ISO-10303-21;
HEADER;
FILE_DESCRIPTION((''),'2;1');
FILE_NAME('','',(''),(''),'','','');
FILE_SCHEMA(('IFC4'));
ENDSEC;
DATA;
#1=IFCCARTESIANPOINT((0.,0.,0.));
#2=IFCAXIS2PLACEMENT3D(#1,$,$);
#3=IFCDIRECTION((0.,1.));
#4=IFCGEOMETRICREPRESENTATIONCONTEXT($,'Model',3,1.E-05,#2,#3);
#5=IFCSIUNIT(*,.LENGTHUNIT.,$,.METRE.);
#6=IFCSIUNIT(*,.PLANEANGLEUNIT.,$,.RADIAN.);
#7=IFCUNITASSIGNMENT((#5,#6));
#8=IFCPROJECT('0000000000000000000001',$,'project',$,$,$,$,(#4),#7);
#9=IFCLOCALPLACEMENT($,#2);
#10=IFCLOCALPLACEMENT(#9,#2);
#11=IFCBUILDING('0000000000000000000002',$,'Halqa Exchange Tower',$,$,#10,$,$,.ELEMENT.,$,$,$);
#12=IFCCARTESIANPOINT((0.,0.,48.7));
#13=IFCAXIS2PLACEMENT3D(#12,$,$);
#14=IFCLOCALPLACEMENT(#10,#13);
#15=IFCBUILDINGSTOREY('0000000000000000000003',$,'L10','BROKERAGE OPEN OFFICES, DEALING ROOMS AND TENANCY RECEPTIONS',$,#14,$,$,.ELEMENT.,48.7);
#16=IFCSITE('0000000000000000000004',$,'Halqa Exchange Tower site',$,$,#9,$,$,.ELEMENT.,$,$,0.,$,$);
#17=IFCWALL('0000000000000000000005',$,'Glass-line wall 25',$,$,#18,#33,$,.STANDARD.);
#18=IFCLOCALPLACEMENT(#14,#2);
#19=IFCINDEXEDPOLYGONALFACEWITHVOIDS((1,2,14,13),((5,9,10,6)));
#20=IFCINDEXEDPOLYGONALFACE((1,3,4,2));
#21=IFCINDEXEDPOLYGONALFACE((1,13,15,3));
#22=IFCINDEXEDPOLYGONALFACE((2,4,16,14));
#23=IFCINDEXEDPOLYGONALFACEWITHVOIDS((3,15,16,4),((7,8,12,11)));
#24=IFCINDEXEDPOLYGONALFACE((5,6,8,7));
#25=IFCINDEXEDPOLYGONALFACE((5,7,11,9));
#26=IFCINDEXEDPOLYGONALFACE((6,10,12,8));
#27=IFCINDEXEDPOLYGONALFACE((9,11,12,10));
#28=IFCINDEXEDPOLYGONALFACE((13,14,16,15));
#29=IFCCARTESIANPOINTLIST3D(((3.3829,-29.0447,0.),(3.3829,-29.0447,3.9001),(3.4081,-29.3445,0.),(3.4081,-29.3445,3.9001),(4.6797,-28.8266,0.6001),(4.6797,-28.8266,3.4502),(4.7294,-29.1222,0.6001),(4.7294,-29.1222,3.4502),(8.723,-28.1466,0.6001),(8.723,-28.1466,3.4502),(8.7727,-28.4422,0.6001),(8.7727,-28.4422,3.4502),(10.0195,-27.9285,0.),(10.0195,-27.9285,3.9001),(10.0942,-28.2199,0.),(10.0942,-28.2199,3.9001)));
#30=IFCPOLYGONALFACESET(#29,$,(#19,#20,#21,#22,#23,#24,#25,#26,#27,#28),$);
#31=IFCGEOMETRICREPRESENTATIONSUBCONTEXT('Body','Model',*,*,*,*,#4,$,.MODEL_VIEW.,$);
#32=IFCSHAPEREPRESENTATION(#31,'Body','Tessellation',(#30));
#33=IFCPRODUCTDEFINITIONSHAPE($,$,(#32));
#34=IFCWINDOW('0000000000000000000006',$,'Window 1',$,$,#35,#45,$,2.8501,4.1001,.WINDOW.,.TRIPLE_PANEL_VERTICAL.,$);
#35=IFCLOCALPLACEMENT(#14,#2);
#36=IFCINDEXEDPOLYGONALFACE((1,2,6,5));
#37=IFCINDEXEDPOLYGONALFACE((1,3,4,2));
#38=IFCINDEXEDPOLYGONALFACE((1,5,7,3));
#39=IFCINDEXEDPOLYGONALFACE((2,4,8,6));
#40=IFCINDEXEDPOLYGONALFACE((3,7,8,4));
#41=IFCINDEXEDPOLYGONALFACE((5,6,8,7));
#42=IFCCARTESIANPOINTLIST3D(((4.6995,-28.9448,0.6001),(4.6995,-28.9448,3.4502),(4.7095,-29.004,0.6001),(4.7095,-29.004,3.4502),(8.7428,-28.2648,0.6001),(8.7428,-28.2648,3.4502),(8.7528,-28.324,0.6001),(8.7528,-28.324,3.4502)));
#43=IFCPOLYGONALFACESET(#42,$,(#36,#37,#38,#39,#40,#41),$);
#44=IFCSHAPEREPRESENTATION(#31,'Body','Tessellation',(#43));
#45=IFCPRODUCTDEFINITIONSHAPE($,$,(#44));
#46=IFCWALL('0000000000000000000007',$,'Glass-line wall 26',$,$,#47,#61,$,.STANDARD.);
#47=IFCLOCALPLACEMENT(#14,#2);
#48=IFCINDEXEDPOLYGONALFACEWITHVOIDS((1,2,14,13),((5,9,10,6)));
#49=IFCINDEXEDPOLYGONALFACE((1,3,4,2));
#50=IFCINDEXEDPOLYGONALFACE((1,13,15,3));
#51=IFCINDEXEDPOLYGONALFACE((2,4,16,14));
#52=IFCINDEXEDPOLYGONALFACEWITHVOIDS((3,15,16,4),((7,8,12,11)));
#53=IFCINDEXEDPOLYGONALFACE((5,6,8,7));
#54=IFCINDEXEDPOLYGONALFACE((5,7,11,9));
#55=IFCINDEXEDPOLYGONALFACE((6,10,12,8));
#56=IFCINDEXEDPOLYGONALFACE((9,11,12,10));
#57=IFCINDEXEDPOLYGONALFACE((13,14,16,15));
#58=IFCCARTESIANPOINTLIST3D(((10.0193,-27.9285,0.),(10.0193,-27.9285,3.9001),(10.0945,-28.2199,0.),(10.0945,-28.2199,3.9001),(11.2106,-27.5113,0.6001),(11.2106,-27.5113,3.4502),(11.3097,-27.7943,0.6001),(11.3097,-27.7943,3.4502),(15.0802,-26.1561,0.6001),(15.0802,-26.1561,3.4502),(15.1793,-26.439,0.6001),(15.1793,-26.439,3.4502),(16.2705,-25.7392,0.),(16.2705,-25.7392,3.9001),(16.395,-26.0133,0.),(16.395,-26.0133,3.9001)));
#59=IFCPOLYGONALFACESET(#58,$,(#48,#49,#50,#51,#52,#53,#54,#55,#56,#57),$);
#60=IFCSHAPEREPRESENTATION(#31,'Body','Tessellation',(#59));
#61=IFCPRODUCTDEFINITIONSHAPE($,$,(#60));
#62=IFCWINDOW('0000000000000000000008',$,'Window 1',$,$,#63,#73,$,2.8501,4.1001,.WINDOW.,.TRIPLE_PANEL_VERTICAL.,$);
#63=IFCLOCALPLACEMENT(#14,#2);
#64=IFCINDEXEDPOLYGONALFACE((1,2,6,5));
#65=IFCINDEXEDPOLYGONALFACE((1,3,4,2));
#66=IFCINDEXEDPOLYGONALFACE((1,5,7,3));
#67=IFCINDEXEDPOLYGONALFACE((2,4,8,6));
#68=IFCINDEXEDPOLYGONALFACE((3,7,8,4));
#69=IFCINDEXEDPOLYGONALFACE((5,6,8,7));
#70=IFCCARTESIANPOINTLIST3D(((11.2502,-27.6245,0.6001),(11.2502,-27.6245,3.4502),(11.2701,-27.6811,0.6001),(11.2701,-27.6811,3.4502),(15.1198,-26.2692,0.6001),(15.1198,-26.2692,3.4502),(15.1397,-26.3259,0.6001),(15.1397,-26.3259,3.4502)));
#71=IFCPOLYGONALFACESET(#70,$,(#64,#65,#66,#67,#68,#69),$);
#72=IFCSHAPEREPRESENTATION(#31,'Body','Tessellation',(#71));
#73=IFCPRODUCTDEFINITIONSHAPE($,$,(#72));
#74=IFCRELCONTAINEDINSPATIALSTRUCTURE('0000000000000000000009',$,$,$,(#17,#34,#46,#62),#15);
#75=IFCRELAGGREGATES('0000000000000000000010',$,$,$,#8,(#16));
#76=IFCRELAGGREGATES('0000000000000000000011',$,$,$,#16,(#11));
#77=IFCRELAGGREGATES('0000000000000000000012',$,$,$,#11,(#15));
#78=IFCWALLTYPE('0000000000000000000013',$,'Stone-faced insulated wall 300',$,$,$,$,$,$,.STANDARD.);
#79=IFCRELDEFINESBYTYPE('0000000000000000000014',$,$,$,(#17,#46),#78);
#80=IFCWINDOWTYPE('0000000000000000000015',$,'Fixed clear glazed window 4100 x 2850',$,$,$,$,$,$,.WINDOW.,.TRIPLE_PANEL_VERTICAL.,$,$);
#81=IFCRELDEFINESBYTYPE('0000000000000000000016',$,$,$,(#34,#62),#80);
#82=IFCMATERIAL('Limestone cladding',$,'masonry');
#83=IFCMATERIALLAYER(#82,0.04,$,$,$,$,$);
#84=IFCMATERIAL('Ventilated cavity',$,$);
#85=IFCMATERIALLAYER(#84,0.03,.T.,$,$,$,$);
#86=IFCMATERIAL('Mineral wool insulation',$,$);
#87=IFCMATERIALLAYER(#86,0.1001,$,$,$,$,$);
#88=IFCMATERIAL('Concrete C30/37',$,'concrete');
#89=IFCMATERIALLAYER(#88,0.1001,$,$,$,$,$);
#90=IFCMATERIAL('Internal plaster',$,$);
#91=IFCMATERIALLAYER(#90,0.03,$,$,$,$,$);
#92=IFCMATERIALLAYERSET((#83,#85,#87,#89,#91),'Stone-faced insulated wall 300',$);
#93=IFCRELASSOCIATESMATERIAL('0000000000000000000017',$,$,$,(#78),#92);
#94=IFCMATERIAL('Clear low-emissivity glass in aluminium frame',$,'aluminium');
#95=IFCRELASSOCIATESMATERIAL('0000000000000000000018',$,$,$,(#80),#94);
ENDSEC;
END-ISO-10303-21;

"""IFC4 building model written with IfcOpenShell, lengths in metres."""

from ifc_helpers import new_model, si_unit, direction, frame, frame_2d, origin, place, context, subcontext, project, spatial, polyline, rectangle, outline, extrude, material, layer, layer_set, type_object, element, fill, save


model = new_model("IFC4")

# Units and contexts
model_context = context("Model", 3, precision=1e-05, world=origin(), true_north=direction((0.0, 1.0)))
body_context = subcontext(model_context, "Body", "Model", "MODEL_VIEW")
ifc_project = project(units=[si_unit("LENGTHUNIT", "METRE"), si_unit("PLANEANGLEUNIT", "RADIAN")], contexts=[model_context])

# Site, building, storey
site_placement = place(None, origin())
site = spatial("IfcSite", under=ifc_project, at=site_placement, Name="Halqa Exchange Tower site", CompositionType="ELEMENT", RefElevation=0.0)
building_placement = place(site_placement, origin())
building = spatial("IfcBuilding", under=site, at=building_placement, Name="Halqa Exchange Tower", CompositionType="ELEMENT")
storey_placement = place(building_placement, frame((0.0, 0.0, 48.7)))
storey = spatial("IfcBuildingStorey", under=building, at=storey_placement, Name="L10", Description="BROKERAGE OPEN OFFICES, DEALING ROOMS AND TENANCY RECEPTIONS", CompositionType="ELEMENT", Elevation=48.7)

# Shared definitions
ifc_material_1 = material(Name="Concrete C30/37", Category="concrete")

# Walls, openings, windows
ifc_material_2 = material(Name="Limestone cladding", Category="masonry")
ifc_layer_1 = layer(ifc_material_2, 0.04)
ifc_material_3 = material(Name="Ventilated cavity")
ifc_layer_2 = layer(ifc_material_3, 0.03, ventilated=True)
ifc_material_4 = material(Name="Mineral wool insulation")
ifc_layer_3 = layer(ifc_material_4, 0.1001)
ifc_layer_4 = layer(ifc_material_1, 0.1001)
ifc_material_5 = material(Name="Internal plaster")
ifc_layer_5 = layer(ifc_material_5, 0.03)
ifc_layer_set_1 = layer_set([ifc_layer_1, ifc_layer_2, ifc_layer_3, ifc_layer_4, ifc_layer_5], Name="Stone-faced insulated wall 300")
wall_type_1 = type_object("IfcWallType", Name="Stone-faced insulated wall 300", PredefinedType="STANDARD", material=ifc_layer_set_1)
wall_1_placement = place(storey_placement, frame((3.3955, -29.1946, 0.0), z_axis=(0.0, 0.0, 1.0), x_axis=(0.98615, 0.165858, 0.0)))
wall_1 = element("IfcWall", 1, at=wall_1_placement, inside=storey, type_object=wall_type_1, Name="Glass-line wall 25", PredefinedType="STANDARD", context=body_context, shape_type="SweptSolid", body=[
    extrude(outline(polyline([(-0.0125, -0.1499), (6.7676, -0.1499), (6.7422, 0.1499), (0.0125, 0.1499), (-0.0125, -0.1499)])), origin(), (0.0, 0.0, 1.0), 3.9001),
])
opening_1_placement = place(wall_1_placement, frame((1.3274, 0.0, 0.6001)))
opening_1 = element("IfcOpeningElement", 2, at=opening_1_placement, cuts=wall_1, PredefinedType="OPENING", context=body_context, shape_type="SweptSolid", body=[
    extrude(rectangle(XDim=4.1001, YDim=2.8501, at=frame_2d((2.05, 1.425))), frame((0.0, 0.1621, 0.0), z_axis=(0.0, -1.0, 0.0), x_axis=(1.0, 0.0, 0.0)), (0.0, 0.0, 1.0), 0.324),
])
ifc_material_6 = material(Name="Clear low-emissivity glass in aluminium frame", Category="aluminium")
window_type = type_object("IfcWindowType", Name="Fixed clear glazed window 4100 x 2850", PartitioningType="TRIPLE_PANEL_VERTICAL", PredefinedType="WINDOW", material=ifc_material_6)
window_1_placement = place(opening_1_placement, origin())
window_1 = element("IfcWindow", 3, at=window_1_placement, inside=storey, type_object=window_type, Name="Window 1", OverallHeight=2.8501, OverallWidth=4.1001, PartitioningType="TRIPLE_PANEL_VERTICAL", PredefinedType="WINDOW", context=body_context, shape_type="SweptSolid", body=[
    extrude(rectangle(XDim=4.1001, YDim=2.8501, at=frame_2d((2.05, 1.425))), frame((0.0, 0.03, 0.0), z_axis=(0.0, -1.0, 0.0), x_axis=(1.0, 0.0, 0.0)), (0.0, 0.0, 1.0), 0.0601),
])
fill(opening_1, window_1)
wall_2_placement = place(storey_placement, frame((10.0569, -28.0742, 0.0), z_axis=(0.0, 0.0, 1.0), x_axis=(0.943791, 0.330543, 0.0)))
wall_2 = element("IfcWall", 4, at=wall_2_placement, inside=storey, type_object=wall_type_1, Name="Glass-line wall 26", PredefinedType="STANDARD", context=body_context, shape_type="SweptSolid", body=[
    extrude(outline(polyline([(-0.0127, -0.1499), (6.6631, -0.1499), (6.6362, 0.1499), (0.0127, 0.1499), (-0.0127, -0.1499)])), origin(), (0.0, 0.0, 1.0), 3.9001),
])
opening_2_placement = place(wall_2_placement, frame((1.2749, 0.0, 0.6001)))
opening_2 = element("IfcOpeningElement", 5, at=opening_2_placement, cuts=wall_2, PredefinedType="OPENING", context=body_context, shape_type="SweptSolid", body=[
    extrude(rectangle(XDim=4.1001, YDim=2.8501, at=frame_2d((2.05, 1.425))), frame((0.0, 0.1621, 0.0), z_axis=(0.0, -1.0, 0.0), x_axis=(1.0, 0.0, 0.0)), (0.0, 0.0, 1.0), 0.324),
])
window_2_placement = place(opening_2_placement, origin())
window_2 = element("IfcWindow", 6, at=window_2_placement, inside=storey, type_object=window_type, Name="Window 1", OverallHeight=2.8501, OverallWidth=4.1001, PartitioningType="TRIPLE_PANEL_VERTICAL", PredefinedType="WINDOW", context=body_context, shape_type="SweptSolid", body=[
    extrude(rectangle(XDim=4.1001, YDim=2.8501, at=frame_2d((2.05, 1.425))), frame((0.0, 0.03, 0.0), z_axis=(0.0, -1.0, 0.0), x_axis=(1.0, 0.0, 0.0)), (0.0, 0.0, 1.0), 0.0601),
])
fill(opening_2, window_2)

save(model, "model.ifc")
